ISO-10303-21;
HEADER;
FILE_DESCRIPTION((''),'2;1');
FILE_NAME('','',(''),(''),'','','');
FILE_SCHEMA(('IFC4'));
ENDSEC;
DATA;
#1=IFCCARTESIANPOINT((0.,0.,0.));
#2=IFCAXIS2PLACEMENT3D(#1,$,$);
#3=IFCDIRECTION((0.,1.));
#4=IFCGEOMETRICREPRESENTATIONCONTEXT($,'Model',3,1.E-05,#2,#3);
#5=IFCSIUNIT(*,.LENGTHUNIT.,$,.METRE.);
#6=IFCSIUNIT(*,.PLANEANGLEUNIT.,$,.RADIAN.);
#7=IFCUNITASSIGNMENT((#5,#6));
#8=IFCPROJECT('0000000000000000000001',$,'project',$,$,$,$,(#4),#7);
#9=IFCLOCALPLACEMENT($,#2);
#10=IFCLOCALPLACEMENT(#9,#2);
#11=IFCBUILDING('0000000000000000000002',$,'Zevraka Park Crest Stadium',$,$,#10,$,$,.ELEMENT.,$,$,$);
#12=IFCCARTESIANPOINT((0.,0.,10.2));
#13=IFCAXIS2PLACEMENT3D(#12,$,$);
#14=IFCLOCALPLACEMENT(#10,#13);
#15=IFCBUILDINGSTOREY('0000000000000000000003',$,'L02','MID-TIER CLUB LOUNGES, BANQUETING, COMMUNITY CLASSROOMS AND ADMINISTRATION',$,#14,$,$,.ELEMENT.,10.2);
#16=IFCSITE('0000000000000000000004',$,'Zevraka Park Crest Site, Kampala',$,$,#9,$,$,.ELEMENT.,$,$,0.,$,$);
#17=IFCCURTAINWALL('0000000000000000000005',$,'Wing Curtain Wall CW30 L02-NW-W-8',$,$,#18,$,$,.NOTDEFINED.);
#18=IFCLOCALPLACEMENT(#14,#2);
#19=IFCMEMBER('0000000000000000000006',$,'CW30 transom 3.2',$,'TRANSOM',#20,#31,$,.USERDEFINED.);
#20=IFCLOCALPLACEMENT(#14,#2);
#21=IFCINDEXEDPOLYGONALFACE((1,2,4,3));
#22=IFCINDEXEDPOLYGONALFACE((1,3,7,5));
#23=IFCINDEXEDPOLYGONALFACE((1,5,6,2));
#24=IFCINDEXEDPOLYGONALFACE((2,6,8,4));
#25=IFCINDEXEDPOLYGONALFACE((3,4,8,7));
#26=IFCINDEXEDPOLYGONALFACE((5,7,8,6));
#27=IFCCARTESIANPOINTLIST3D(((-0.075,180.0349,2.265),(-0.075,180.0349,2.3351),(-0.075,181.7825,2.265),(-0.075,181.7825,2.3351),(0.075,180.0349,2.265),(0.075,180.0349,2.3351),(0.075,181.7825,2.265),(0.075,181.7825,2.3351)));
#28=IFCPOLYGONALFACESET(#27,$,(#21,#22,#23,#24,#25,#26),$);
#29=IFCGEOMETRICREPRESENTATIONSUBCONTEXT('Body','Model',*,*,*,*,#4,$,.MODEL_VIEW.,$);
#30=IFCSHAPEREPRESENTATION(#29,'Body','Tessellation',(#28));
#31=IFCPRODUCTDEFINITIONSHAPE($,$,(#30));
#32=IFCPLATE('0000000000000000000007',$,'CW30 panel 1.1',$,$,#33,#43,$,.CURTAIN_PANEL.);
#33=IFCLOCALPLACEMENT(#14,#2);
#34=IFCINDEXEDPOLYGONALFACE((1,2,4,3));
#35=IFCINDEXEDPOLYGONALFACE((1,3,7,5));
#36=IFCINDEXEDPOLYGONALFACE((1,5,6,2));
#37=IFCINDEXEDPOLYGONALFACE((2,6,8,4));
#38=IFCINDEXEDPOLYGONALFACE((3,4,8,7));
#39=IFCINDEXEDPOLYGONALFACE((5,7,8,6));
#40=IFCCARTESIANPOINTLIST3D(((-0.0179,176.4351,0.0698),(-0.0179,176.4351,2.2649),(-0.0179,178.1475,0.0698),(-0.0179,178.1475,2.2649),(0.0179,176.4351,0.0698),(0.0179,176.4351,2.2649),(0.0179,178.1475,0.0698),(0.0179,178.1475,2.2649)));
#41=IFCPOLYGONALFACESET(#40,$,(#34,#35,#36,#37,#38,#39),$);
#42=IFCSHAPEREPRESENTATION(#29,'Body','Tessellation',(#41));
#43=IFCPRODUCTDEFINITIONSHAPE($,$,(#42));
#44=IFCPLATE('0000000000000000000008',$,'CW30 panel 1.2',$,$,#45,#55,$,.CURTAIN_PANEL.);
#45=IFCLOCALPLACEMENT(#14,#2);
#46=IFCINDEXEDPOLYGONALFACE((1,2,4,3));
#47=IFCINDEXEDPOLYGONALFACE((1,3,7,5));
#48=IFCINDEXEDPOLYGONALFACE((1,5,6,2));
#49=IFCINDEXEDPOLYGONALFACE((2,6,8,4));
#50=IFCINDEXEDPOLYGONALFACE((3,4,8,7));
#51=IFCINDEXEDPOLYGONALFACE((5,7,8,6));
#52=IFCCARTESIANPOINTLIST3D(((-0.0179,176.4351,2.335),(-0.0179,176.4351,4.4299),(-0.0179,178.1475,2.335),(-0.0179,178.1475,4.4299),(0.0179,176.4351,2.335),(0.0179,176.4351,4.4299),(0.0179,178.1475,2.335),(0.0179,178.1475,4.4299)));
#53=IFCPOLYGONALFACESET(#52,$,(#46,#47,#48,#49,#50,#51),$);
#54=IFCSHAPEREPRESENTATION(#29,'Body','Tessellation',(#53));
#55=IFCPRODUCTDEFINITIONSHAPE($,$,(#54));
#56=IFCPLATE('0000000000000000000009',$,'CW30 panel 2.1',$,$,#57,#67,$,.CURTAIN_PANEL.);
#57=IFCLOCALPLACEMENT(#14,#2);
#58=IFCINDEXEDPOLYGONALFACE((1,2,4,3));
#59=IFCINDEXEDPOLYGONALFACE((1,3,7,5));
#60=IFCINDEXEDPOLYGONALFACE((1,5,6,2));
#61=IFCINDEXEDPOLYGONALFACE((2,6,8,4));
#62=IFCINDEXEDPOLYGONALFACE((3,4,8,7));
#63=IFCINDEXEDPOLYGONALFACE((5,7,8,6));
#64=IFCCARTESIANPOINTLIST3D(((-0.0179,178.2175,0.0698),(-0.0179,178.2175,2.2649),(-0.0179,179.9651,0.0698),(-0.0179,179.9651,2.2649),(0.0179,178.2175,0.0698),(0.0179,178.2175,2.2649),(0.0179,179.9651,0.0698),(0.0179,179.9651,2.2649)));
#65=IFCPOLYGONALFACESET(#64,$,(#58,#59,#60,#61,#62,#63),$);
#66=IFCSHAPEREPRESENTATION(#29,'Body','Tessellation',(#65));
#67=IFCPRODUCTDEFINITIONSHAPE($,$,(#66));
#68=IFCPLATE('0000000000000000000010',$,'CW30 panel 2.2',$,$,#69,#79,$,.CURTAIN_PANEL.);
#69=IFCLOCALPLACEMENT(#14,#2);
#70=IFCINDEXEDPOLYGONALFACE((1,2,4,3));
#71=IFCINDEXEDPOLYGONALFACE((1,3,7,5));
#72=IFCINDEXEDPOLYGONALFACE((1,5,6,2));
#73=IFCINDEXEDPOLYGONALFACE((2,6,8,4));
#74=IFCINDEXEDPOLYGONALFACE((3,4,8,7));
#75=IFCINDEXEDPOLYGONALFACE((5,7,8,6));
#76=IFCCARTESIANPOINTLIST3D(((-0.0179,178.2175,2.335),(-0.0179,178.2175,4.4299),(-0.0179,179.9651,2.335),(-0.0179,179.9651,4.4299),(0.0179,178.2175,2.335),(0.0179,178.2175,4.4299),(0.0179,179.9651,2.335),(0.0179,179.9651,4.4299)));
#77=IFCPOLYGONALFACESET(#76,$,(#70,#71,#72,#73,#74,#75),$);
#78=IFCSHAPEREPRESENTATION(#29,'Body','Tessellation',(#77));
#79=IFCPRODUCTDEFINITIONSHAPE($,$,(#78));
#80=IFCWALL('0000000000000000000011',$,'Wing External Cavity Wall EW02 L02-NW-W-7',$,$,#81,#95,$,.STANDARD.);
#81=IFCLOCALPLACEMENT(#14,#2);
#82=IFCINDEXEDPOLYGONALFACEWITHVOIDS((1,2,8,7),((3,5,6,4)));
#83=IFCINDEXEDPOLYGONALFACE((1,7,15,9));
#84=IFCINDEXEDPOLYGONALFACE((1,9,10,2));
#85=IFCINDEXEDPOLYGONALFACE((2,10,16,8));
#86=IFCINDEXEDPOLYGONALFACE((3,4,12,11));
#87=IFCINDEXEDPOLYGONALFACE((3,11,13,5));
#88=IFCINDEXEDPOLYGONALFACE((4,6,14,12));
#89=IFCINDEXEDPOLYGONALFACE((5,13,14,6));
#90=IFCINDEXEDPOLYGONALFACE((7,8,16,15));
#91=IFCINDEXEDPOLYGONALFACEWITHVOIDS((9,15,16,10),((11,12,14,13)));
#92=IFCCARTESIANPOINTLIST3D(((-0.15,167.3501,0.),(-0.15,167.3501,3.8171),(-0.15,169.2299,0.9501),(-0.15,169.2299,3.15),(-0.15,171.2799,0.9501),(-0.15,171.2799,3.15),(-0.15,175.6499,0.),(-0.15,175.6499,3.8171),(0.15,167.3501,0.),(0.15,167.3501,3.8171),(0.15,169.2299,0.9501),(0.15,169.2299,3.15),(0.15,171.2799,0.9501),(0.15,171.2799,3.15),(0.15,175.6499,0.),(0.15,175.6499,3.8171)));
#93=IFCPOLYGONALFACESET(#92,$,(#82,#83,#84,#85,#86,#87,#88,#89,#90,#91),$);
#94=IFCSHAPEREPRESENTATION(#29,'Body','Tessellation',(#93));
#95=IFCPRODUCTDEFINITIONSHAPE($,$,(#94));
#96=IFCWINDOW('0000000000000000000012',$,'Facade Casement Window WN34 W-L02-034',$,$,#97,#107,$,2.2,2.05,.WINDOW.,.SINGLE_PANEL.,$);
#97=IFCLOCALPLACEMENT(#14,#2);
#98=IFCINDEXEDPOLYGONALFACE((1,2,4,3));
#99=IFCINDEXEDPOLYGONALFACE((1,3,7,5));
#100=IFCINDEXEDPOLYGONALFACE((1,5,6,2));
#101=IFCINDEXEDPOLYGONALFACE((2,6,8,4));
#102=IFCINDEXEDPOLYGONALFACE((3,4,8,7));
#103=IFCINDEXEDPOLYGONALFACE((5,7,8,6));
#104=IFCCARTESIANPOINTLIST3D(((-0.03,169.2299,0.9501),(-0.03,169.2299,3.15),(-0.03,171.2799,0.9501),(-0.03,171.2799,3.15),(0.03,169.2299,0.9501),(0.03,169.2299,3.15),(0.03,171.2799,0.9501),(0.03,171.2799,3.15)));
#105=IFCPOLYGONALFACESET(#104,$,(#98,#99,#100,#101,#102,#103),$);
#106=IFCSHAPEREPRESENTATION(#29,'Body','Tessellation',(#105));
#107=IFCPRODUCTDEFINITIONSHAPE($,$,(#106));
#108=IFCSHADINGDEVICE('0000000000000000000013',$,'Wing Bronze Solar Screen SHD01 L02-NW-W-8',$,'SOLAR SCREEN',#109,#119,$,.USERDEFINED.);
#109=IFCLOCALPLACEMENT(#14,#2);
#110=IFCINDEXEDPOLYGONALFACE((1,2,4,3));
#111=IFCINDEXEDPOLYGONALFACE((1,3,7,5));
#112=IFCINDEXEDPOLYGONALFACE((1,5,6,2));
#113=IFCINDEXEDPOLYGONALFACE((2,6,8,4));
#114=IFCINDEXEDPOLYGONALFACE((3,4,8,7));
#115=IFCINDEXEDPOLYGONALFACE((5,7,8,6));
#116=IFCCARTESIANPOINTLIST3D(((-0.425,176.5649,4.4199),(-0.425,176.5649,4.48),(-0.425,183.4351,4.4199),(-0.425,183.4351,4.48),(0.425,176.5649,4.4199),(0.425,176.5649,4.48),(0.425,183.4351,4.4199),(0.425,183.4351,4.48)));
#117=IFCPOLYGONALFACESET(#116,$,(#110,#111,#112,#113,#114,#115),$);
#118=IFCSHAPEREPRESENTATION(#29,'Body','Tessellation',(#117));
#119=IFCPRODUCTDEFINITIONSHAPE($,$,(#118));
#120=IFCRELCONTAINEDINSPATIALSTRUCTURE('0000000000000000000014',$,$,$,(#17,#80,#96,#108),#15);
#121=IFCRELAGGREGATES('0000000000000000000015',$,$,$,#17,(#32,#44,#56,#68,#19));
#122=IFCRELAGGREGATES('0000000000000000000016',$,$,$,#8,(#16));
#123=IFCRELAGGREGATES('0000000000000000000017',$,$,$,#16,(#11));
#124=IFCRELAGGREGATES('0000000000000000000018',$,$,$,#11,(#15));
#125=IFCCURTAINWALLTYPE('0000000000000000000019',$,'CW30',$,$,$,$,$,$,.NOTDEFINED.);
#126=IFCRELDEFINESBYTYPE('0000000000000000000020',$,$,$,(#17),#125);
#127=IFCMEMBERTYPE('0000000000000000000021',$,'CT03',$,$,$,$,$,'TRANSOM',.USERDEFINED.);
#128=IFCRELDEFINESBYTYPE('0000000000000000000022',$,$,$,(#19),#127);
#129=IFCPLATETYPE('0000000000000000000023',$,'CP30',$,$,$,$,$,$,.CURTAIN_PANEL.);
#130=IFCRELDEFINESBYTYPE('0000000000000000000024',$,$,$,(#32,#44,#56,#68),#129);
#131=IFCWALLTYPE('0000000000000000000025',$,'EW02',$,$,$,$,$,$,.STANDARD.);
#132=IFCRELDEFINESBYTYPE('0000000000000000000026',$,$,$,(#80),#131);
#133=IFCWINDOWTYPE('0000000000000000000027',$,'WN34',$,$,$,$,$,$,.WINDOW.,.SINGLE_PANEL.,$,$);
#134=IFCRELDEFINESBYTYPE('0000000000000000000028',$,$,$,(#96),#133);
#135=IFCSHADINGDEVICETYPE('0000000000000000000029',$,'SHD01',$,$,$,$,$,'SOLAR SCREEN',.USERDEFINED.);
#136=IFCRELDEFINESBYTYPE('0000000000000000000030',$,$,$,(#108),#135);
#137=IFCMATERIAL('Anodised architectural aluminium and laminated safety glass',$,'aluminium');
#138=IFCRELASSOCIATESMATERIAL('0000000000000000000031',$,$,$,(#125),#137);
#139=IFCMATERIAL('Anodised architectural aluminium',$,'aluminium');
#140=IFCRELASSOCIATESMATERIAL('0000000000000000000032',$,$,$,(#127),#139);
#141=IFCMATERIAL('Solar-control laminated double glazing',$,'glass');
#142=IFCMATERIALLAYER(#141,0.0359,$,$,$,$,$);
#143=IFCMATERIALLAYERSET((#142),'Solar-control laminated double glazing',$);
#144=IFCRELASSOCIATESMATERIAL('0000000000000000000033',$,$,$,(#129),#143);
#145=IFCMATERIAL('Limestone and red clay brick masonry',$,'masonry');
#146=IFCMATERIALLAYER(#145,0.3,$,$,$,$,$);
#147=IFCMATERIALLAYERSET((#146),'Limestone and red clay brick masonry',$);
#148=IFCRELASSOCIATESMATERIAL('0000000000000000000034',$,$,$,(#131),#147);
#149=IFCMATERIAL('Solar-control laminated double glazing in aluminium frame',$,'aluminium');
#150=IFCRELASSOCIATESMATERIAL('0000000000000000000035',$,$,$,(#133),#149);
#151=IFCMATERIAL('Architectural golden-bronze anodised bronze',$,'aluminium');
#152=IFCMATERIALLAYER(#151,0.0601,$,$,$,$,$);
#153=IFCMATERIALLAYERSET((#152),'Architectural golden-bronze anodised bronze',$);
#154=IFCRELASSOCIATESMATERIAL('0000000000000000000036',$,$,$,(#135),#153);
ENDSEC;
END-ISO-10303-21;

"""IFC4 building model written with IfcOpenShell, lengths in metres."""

from ifc_helpers import new_model, si_unit, direction, frame, frame_2d, origin, origin_2d, place, context, subcontext, project, spatial, rectangle, extrude, material, layer, layer_set, material_profile, profile_set, type_object, element, fill, aggregate, save


model = new_model("IFC4")

# Units and contexts
model_context = context("Model", 3, precision=1e-05, world=origin(), true_north=direction((0.0, 1.0)))
body_context = subcontext(model_context, "Body", "Model", "MODEL_VIEW")
ifc_project = project(units=[si_unit("LENGTHUNIT", "METRE"), si_unit("PLANEANGLEUNIT", "RADIAN")], contexts=[model_context])

# Site, building, storey
site_placement = place(None, origin())
site = spatial("IfcSite", under=ifc_project, at=site_placement, Name="Zevraka Park Crest Site, Kampala", CompositionType="ELEMENT", RefElevation=0.0)
building_placement = place(site_placement, origin())
building = spatial("IfcBuilding", under=site, at=building_placement, Name="Zevraka Park Crest Stadium", CompositionType="ELEMENT")
storey_placement = place(building_placement, frame((0.0, 0.0, 10.2)))
storey = spatial("IfcBuildingStorey", under=building, at=storey_placement, Name="L02", Description="MID-TIER CLUB LOUNGES, BANQUETING, COMMUNITY CLASSROOMS AND ADMINISTRATION", CompositionType="ELEMENT", Elevation=10.2)

# Curtain wall, member, plates
ifc_material_1 = material(Name="Anodised architectural aluminium and laminated safety glass", Category="aluminium")
curtain_wall_type = type_object("IfcCurtainWallType", Name="CW30", PredefinedType="NOTDEFINED", material=ifc_material_1)
curtain_wall_placement = place(storey_placement, origin())
curtain_wall = element("IfcCurtainWall", 1, at=curtain_wall_placement, inside=storey, type_object=curtain_wall_type, Name="Wing Curtain Wall CW30 L02-NW-W-8", PredefinedType="NOTDEFINED")
ifc_material_2 = material(Name="Anodised architectural aluminium", Category="aluminium")
ifc_material_profile_1 = material_profile(ifc_material_2, rectangle(XDim=0.1499, YDim=0.0701, at=origin_2d()), Name="ALU TRANSOM 150x70")
ifc_profile_set_1 = profile_set([ifc_material_profile_1], Name="Anodised architectural aluminium")
member_type_1 = type_object("IfcMemberType", Name="CT03", ElementType="TRANSOM", PredefinedType="USERDEFINED", material=ifc_profile_set_1)
member_1_placement = place(storey_placement, frame((0.0, 180.0349, 2.3), z_axis=(0.0, 1.0, 0.0), x_axis=(-1.0, 0.0, 0.0)))
member_1 = element("IfcMember", 2, at=member_1_placement, type_object=member_type_1, Name="CW30 transom 3.2", ObjectType="TRANSOM", PredefinedType="USERDEFINED", context=body_context, shape_type="SweptSolid", body=[
    extrude(rectangle(XDim=0.1499, YDim=0.0701, at=origin_2d()), origin(), (0.0, 0.0, 1.0), 1.7476),
])
ifc_material_3 = material(Name="Solar-control laminated double glazing", Category="glass")
ifc_layer_1 = layer(ifc_material_3, 0.0359)
ifc_layer_set_1 = layer_set([ifc_layer_1], Name="Solar-control laminated double glazing")
plate_type = type_object("IfcPlateType", Name="CP30", PredefinedType="CURTAIN_PANEL", material=ifc_layer_set_1)
plate_1_placement = place(storey_placement, frame((0.0, 177.2913, 0.0698), z_axis=(0.0, 0.0, 1.0), x_axis=(0.0, 1.0, 0.0)))
plate_1 = element("IfcPlate", 3, at=plate_1_placement, type_object=plate_type, Name="CW30 panel 1.1", PredefinedType="CURTAIN_PANEL", context=body_context, shape_type="SweptSolid", body=[
    extrude(rectangle(XDim=1.7124, YDim=0.0359, at=origin_2d()), origin(), (0.0, 0.0, 1.0), 2.1951),
])
plate_2_placement = place(storey_placement, frame((0.0, 177.2913, 2.335), z_axis=(0.0, 0.0, 1.0), x_axis=(0.0, 1.0, 0.0)))
plate_2 = element("IfcPlate", 4, at=plate_2_placement, type_object=plate_type, Name="CW30 panel 1.2", PredefinedType="CURTAIN_PANEL", context=body_context, shape_type="SweptSolid", body=[
    extrude(rectangle(XDim=1.7124, YDim=0.0359, at=origin_2d()), origin(), (0.0, 0.0, 1.0), 2.095),
])
plate_3_placement = place(storey_placement, frame((0.0, 179.0913, 0.0698), z_axis=(0.0, 0.0, 1.0), x_axis=(0.0, 1.0, 0.0)))
plate_3 = element("IfcPlate", 5, at=plate_3_placement, type_object=plate_type, Name="CW30 panel 2.1", PredefinedType="CURTAIN_PANEL", context=body_context, shape_type="SweptSolid", body=[
    extrude(rectangle(XDim=1.7476, YDim=0.0359, at=origin_2d()), origin(), (0.0, 0.0, 1.0), 2.1951),
])
plate_4_placement = place(storey_placement, frame((0.0, 179.0913, 2.335), z_axis=(0.0, 0.0, 1.0), x_axis=(0.0, 1.0, 0.0)))
plate_4 = element("IfcPlate", 6, at=plate_4_placement, type_object=plate_type, Name="CW30 panel 2.2", PredefinedType="CURTAIN_PANEL", context=body_context, shape_type="SweptSolid", body=[
    extrude(rectangle(XDim=1.7476, YDim=0.0359, at=origin_2d()), origin(), (0.0, 0.0, 1.0), 2.095),
])
aggregate(curtain_wall, [plate_1, plate_2, plate_3, plate_4, member_1])

# Wall, opening, window
ifc_material_4 = material(Name="Limestone and red clay brick masonry", Category="masonry")
ifc_layer_2 = layer(ifc_material_4, 0.3)
ifc_layer_set_2 = layer_set([ifc_layer_2], Name="Limestone and red clay brick masonry")
wall_type = type_object("IfcWallType", Name="EW02", PredefinedType="STANDARD", material=ifc_layer_set_2)
wall_placement = place(storey_placement, frame((0.0, 167.3501, 0.0), z_axis=(0.0, 0.0, 1.0), x_axis=(0.0, 1.0, 0.0)))
wall = element("IfcWall", 7, at=wall_placement, inside=storey, type_object=wall_type, Name="Wing External Cavity Wall EW02 L02-NW-W-7", PredefinedType="STANDARD", context=body_context, shape_type="SweptSolid", body=[
    extrude(rectangle(XDim=8.2998, YDim=0.3, at=frame_2d((4.1499, 0.0))), origin(), (0.0, 0.0, 1.0), 3.8171),
])
opening_placement = place(wall_placement, frame((1.8799, 0.0, 0.95)))
opening = element("IfcOpeningElement", 8, at=opening_placement, cuts=wall, PredefinedType="OPENING", context=body_context, shape_type="SweptSolid", body=[
    extrude(rectangle(XDim=2.05, YDim=2.2, at=frame_2d((1.0249, 1.1001))), frame((0.0, 0.1599, 0.0), z_axis=(0.0, -1.0, 0.0), x_axis=(1.0, 0.0, 0.0)), (0.0, 0.0, 1.0), 0.3201),
])
ifc_material_5 = material(Name="Solar-control laminated double glazing in aluminium frame", Category="aluminium")
window_type = type_object("IfcWindowType", Name="WN34", PartitioningType="SINGLE_PANEL", PredefinedType="WINDOW", material=ifc_material_5)
window_placement = place(opening_placement, origin())
window = element("IfcWindow", 9, at=window_placement, inside=storey, type_object=window_type, Name="Facade Casement Window WN34 W-L02-034", OverallHeight=2.2, OverallWidth=2.05, PartitioningType="SINGLE_PANEL", PredefinedType="WINDOW", context=body_context, shape_type="SweptSolid", body=[
    extrude(rectangle(XDim=2.05, YDim=2.2, at=frame_2d((1.0249, 1.1001))), frame((0.0, 0.03, 0.0), z_axis=(0.0, -1.0, 0.0), x_axis=(1.0, 0.0, 0.0)), (0.0, 0.0, 1.0), 0.0601),
])
fill(opening, window)

# Shading device
ifc_material_6 = material(Name="Architectural golden-bronze anodised bronze", Category="aluminium")
ifc_layer_3 = layer(ifc_material_6, 0.0601)
ifc_layer_set_3 = layer_set([ifc_layer_3], Name="Architectural golden-bronze anodised bronze")
shading_device_type = type_object("IfcShadingDeviceType", Name="SHD01", ElementType="SOLAR SCREEN", PredefinedType="USERDEFINED", material=ifc_layer_set_3)
shading_device_placement = place(storey_placement, frame((0.0, 180.0, 4.4199), z_axis=(0.0, 0.0, 1.0), x_axis=(0.0, 1.0, 0.0)))
element("IfcShadingDevice", 10, at=shading_device_placement, inside=storey, type_object=shading_device_type, Name="Wing Bronze Solar Screen SHD01 L02-NW-W-8", ObjectType="SOLAR SCREEN", PredefinedType="USERDEFINED", context=body_context, shape_type="SweptSolid", body=[
    extrude(rectangle(XDim=6.8701, YDim=0.8501, at=origin_2d()), origin(), (0.0, 0.0, 1.0), 0.0601),
])

save(model, "model.ifc")
